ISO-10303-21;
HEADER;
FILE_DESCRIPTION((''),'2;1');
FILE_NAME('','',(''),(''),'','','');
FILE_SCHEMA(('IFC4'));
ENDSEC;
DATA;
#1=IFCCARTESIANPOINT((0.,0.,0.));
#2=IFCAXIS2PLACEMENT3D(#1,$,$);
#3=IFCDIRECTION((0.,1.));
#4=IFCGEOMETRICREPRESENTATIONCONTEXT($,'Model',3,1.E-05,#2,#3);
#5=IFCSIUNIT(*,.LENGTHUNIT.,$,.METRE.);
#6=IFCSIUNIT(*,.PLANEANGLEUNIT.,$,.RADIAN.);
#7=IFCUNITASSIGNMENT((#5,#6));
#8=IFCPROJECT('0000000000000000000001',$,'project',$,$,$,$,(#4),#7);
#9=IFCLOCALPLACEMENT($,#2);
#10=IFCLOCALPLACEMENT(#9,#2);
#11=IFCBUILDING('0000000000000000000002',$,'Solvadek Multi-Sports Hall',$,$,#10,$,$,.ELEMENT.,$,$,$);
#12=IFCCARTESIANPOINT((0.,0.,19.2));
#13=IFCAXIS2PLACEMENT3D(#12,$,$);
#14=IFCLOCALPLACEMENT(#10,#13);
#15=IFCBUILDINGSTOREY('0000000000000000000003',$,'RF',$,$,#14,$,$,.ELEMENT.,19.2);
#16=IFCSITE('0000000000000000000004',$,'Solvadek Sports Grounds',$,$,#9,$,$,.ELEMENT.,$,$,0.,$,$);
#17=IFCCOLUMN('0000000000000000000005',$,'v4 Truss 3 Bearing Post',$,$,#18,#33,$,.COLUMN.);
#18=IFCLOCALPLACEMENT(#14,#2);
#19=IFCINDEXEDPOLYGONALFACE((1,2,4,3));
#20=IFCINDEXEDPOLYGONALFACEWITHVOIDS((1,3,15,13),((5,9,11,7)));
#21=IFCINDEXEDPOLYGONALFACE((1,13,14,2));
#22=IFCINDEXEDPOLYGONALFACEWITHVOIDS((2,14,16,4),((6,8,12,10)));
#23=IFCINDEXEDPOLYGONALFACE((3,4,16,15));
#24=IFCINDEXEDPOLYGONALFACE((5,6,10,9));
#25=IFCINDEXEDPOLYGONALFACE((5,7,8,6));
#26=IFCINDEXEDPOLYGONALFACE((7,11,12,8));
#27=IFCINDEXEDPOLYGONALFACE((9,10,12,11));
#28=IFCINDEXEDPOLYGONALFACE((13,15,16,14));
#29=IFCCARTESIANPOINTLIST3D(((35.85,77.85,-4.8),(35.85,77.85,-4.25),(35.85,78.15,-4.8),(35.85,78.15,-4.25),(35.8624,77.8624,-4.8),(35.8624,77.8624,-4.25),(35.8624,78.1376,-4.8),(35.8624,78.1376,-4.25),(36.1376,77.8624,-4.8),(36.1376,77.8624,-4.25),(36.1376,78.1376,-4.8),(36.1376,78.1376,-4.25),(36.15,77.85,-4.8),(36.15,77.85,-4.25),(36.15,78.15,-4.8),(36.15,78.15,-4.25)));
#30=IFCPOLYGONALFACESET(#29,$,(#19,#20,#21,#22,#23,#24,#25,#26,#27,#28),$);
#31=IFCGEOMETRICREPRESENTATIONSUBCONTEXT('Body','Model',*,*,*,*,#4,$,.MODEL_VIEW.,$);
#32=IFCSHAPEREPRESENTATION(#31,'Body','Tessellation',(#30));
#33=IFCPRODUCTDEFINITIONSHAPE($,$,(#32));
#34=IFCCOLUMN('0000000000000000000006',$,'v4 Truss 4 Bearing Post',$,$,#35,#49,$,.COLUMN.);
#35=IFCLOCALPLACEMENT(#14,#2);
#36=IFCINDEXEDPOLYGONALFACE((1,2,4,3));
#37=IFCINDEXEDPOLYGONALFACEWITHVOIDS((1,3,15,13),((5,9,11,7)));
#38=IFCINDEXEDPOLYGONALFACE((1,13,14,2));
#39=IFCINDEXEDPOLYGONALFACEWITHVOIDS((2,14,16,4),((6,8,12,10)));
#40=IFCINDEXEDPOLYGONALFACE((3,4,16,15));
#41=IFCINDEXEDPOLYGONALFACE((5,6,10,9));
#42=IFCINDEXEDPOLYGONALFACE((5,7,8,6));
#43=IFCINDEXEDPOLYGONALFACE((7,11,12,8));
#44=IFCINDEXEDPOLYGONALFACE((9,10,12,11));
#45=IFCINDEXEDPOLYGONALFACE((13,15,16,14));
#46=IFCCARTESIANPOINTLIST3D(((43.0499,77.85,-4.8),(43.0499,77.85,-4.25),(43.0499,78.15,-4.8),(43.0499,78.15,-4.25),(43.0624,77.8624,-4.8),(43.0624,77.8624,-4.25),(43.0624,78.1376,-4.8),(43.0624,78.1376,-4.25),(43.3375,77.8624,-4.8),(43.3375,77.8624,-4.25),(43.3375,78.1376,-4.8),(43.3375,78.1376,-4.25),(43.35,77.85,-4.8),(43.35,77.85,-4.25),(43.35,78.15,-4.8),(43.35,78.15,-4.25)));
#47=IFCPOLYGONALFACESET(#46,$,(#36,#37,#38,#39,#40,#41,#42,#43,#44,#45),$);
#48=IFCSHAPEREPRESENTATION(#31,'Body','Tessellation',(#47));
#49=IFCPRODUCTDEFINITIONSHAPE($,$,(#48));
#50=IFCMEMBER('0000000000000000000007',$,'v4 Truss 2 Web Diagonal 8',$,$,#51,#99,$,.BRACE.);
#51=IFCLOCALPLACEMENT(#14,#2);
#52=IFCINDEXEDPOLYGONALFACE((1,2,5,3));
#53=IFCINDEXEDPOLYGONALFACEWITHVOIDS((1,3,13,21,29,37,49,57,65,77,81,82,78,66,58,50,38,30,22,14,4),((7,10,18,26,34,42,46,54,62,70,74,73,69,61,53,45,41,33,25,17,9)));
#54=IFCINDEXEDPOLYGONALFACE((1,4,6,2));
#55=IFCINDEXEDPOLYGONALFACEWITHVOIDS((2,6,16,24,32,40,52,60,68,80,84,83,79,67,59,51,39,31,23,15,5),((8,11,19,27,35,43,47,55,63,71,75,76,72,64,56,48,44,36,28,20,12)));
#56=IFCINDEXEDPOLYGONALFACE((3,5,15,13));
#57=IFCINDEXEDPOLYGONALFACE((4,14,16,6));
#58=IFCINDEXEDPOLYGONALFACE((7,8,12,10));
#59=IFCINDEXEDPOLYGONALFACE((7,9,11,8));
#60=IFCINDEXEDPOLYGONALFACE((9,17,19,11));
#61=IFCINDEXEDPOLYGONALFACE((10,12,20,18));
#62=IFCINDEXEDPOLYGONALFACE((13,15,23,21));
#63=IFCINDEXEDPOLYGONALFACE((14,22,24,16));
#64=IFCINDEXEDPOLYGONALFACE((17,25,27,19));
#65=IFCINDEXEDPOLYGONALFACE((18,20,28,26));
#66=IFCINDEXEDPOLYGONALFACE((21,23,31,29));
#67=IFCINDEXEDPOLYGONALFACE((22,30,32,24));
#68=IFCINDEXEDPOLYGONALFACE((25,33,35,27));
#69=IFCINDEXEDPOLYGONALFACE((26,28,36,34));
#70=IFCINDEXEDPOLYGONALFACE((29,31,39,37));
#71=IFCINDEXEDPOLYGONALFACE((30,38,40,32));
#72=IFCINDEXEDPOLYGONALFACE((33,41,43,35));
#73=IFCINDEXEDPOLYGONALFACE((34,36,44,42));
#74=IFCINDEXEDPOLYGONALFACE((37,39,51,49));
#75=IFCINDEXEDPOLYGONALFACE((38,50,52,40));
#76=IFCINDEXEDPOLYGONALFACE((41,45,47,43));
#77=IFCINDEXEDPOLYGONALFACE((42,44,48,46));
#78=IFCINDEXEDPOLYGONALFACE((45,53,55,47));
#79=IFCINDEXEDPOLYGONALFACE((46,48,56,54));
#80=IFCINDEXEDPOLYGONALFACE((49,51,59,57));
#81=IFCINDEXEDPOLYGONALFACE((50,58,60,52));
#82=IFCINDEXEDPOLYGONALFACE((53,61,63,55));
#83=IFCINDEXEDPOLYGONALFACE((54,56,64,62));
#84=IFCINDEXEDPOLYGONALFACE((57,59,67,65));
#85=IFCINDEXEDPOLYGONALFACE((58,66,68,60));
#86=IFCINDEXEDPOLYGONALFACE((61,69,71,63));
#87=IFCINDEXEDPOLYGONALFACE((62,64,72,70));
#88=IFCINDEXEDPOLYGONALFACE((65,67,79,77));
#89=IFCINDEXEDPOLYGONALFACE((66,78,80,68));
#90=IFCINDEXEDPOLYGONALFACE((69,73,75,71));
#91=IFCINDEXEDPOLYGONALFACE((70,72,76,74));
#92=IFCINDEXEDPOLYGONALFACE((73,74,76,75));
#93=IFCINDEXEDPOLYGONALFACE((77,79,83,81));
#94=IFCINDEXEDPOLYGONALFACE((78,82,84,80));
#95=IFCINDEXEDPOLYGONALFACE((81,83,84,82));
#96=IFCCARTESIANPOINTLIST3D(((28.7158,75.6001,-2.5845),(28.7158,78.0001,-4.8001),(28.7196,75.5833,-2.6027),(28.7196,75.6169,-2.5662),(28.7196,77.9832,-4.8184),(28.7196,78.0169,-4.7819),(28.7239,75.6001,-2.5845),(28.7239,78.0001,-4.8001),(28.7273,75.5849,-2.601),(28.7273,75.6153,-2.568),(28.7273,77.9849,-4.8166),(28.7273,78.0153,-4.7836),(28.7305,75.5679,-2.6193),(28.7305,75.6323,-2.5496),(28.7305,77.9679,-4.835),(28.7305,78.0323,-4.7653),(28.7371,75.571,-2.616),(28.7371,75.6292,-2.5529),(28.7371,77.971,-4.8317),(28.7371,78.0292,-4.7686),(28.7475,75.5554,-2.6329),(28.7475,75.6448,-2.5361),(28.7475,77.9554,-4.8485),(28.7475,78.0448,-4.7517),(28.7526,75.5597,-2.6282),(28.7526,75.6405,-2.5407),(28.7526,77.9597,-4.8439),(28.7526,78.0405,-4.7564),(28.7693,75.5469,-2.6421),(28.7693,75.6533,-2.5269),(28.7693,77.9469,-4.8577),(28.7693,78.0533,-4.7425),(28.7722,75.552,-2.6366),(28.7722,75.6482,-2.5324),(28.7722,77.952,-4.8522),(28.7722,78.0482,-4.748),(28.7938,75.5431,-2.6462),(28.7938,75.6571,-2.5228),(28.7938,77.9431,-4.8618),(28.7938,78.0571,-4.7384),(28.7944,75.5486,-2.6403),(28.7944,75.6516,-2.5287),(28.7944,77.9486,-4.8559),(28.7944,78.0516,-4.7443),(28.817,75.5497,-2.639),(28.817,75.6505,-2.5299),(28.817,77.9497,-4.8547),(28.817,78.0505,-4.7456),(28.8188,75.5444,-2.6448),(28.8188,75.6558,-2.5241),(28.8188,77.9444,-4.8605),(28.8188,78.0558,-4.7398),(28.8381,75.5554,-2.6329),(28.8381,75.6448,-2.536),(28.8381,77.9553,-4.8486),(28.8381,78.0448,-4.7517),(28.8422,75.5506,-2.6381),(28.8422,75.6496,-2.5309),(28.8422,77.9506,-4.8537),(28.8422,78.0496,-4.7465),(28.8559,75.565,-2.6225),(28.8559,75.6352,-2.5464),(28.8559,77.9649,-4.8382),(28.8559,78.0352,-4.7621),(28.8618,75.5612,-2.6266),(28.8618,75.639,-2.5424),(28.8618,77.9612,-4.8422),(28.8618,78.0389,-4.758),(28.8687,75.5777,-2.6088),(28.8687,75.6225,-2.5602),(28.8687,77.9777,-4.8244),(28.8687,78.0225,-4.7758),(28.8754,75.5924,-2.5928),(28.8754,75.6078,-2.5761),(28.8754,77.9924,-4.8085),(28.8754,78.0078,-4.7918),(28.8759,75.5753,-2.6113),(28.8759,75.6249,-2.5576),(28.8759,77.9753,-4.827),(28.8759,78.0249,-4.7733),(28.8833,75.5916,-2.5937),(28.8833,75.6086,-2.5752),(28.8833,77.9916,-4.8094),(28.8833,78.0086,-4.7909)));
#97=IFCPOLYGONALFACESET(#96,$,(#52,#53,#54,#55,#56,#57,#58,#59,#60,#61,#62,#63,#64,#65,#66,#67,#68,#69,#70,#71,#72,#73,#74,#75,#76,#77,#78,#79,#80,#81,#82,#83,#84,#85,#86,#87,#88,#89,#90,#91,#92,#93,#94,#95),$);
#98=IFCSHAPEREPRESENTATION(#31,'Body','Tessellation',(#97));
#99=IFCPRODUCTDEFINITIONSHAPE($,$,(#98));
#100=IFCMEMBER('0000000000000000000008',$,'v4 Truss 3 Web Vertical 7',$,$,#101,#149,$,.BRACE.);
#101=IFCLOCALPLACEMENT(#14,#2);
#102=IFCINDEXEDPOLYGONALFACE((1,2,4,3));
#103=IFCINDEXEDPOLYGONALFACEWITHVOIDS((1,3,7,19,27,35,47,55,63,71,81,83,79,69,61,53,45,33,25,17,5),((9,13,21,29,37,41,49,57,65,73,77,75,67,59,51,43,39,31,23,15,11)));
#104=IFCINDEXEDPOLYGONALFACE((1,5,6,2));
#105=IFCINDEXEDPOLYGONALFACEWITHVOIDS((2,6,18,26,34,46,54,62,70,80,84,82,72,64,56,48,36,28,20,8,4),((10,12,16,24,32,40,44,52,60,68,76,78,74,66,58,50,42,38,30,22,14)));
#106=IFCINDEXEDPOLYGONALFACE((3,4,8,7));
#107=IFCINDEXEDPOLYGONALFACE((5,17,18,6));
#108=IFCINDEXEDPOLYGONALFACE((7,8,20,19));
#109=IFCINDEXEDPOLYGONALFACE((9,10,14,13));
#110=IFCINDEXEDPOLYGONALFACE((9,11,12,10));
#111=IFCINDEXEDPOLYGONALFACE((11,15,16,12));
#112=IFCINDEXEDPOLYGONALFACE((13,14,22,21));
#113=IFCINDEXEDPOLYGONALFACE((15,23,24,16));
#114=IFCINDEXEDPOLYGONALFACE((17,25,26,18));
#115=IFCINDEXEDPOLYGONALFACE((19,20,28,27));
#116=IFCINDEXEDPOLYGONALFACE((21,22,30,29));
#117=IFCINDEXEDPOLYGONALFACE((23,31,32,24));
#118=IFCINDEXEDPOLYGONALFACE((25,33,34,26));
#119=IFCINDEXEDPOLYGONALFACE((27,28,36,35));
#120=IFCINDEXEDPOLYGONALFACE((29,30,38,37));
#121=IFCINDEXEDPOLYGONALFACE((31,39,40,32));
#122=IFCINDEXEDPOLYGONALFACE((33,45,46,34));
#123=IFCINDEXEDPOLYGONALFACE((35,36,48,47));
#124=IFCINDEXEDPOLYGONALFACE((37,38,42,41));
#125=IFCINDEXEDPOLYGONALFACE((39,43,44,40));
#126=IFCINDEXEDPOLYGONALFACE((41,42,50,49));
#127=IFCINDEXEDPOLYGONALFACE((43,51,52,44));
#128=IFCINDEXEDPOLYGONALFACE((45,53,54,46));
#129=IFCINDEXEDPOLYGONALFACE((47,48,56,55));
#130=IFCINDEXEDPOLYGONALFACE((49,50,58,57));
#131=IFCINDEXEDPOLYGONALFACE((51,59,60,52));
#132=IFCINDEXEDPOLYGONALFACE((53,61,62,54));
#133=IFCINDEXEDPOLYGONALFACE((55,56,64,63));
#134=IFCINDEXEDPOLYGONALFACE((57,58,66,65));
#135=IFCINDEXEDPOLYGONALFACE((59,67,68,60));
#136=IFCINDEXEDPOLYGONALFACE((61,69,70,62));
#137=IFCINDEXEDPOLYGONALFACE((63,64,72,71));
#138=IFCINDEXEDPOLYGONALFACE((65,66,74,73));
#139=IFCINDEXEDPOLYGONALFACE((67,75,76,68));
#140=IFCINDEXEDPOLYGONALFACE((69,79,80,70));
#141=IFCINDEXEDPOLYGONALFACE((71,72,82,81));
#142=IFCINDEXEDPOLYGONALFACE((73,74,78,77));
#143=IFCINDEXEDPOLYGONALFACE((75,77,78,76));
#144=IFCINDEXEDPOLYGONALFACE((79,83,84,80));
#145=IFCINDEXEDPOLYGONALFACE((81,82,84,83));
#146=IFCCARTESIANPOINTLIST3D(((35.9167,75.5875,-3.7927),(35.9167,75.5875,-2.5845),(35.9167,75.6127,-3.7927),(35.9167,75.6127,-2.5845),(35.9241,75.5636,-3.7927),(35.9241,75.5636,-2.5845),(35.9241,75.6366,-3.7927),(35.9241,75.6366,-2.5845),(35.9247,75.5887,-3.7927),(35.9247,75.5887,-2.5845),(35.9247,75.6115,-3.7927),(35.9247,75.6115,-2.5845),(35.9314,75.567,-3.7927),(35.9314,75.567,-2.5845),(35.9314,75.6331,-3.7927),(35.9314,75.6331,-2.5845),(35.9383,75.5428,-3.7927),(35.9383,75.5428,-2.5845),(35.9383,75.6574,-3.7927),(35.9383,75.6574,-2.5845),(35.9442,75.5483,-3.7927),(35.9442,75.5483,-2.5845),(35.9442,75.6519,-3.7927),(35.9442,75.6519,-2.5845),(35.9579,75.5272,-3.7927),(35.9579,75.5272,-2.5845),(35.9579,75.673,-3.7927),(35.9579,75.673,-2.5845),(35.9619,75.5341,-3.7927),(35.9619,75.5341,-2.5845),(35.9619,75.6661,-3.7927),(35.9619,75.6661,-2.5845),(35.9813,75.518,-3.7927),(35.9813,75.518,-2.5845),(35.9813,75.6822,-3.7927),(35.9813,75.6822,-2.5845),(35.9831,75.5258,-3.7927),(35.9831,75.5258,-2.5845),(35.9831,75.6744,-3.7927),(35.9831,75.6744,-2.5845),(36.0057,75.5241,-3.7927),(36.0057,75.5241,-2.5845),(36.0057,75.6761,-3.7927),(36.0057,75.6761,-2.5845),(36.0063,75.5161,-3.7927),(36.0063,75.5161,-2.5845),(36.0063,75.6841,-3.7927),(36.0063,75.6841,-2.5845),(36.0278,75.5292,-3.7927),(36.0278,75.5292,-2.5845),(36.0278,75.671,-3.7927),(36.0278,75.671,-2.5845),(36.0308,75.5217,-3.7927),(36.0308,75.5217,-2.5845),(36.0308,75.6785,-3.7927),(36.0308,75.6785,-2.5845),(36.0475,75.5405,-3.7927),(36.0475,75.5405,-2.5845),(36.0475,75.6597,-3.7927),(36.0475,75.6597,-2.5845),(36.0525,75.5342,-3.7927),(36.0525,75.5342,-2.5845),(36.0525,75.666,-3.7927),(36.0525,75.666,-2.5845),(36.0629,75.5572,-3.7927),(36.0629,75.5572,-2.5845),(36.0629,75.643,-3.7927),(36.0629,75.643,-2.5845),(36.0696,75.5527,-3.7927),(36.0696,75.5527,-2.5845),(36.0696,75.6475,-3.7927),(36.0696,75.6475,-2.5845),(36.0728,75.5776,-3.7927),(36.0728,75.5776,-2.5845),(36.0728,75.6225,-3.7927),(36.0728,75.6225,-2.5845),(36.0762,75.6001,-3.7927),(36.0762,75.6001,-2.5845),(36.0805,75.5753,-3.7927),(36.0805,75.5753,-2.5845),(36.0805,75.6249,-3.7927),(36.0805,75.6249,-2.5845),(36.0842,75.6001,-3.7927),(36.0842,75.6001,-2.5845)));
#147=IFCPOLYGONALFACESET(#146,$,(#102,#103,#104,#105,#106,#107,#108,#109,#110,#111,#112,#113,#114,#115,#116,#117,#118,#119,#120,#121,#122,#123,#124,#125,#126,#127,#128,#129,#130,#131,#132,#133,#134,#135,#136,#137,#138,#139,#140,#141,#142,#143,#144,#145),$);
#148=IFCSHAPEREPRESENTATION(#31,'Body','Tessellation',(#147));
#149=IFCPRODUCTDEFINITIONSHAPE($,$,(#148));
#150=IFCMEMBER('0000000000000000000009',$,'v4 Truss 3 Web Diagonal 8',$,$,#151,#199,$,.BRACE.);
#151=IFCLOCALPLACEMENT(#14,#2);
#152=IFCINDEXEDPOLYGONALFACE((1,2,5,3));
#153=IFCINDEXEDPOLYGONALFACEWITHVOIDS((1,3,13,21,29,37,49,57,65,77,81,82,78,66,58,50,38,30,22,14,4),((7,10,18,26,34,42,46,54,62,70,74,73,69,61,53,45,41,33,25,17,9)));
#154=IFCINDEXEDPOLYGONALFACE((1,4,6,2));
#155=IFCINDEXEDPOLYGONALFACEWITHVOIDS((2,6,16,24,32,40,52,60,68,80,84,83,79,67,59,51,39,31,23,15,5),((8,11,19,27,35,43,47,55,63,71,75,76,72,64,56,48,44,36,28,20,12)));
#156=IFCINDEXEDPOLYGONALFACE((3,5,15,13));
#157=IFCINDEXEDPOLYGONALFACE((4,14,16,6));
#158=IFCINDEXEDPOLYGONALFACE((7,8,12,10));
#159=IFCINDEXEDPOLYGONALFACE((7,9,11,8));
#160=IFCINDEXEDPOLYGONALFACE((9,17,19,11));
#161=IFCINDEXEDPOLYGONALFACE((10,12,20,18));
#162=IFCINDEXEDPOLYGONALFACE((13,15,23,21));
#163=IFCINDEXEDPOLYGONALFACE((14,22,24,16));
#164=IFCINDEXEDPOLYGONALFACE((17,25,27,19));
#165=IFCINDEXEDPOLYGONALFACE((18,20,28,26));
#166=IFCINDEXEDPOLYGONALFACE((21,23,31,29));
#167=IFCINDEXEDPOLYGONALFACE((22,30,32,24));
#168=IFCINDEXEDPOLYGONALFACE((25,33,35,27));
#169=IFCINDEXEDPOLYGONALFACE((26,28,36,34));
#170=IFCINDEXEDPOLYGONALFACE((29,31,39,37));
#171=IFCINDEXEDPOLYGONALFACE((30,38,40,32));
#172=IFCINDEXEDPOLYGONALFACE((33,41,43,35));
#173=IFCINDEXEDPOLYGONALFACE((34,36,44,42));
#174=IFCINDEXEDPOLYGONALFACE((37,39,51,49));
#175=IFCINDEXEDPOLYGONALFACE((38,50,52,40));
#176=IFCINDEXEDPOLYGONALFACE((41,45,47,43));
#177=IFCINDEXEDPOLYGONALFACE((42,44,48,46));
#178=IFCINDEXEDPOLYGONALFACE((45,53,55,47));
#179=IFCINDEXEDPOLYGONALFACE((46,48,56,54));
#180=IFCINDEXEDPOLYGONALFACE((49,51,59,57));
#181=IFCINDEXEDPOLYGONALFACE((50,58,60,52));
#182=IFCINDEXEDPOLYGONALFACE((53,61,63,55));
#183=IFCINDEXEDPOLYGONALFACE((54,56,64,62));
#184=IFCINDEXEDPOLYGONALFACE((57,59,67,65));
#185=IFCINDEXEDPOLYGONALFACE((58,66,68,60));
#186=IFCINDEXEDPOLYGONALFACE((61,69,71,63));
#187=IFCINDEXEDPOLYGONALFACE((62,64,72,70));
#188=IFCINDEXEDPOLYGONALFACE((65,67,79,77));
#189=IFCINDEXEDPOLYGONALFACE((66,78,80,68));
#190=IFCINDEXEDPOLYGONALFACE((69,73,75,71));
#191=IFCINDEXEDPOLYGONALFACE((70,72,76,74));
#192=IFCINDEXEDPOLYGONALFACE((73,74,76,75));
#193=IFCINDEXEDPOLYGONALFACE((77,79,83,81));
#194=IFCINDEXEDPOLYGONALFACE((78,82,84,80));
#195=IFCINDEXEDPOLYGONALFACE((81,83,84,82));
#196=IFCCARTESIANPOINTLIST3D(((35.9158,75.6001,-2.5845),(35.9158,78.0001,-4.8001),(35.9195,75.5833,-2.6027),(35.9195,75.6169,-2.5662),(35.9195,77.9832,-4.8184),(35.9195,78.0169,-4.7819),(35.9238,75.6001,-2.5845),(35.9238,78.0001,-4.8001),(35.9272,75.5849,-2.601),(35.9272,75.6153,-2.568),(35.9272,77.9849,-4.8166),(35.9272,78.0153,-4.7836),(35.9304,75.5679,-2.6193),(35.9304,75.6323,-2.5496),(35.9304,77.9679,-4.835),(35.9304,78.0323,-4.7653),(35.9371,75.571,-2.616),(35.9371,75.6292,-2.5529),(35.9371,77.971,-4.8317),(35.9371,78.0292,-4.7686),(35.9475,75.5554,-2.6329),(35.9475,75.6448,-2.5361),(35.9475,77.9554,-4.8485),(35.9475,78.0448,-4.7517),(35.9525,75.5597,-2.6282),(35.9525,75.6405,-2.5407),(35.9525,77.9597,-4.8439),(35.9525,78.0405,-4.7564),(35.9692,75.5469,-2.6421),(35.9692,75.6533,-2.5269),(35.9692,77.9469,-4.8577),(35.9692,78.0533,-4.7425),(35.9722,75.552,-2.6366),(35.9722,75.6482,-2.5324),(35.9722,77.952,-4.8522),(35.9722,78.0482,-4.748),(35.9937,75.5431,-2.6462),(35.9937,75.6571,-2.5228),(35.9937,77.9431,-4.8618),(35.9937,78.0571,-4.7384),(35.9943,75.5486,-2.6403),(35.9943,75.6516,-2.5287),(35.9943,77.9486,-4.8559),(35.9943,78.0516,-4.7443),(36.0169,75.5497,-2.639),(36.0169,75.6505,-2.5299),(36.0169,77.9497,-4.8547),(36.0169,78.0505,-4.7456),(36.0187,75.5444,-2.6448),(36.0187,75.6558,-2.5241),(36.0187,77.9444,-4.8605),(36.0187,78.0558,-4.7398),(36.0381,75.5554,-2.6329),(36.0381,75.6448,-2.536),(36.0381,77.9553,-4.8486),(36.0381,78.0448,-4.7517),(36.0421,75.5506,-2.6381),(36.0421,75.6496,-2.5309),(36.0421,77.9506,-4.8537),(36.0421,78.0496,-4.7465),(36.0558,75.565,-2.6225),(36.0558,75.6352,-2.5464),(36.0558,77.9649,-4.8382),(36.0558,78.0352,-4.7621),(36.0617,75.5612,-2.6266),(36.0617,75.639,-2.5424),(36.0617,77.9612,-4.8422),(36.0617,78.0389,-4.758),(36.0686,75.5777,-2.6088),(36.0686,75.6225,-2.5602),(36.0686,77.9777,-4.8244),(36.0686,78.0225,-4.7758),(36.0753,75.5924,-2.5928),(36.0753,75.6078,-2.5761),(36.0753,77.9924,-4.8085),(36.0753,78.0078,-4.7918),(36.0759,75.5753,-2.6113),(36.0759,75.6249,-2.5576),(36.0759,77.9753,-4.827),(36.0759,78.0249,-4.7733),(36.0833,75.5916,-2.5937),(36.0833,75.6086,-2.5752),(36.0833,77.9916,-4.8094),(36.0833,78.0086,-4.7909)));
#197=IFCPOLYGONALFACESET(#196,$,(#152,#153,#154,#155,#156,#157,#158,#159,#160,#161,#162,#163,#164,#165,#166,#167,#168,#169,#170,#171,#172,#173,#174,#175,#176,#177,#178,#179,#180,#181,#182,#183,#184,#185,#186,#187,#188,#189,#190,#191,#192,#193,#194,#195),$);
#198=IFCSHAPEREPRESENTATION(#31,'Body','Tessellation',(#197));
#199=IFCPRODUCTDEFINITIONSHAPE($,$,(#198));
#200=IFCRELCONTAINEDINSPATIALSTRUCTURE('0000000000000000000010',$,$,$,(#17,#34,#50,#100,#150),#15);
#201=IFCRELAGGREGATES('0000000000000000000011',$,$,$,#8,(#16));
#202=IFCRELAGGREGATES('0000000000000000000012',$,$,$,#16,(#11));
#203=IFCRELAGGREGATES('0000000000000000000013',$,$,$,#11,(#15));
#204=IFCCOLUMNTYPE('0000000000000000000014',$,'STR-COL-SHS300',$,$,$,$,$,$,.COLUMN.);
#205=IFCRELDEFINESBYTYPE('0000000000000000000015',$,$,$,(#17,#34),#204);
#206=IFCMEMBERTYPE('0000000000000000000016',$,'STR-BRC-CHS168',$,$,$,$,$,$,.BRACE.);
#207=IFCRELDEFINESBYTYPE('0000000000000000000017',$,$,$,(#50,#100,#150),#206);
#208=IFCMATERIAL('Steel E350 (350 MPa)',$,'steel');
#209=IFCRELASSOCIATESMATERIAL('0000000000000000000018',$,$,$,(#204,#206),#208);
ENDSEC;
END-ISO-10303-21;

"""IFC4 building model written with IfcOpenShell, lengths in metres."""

from ifc_helpers import new_model, si_unit, direction, frame, origin, origin_2d, place, context, subcontext, project, spatial, hollow_rectangle, hollow_circle, extrude, material, material_profile, profile_set, type_object, element, save


model = new_model("IFC4")

# Units and contexts
model_context = context("Model", 3, precision=1e-05, world=origin(), true_north=direction((0.0, 1.0)))
body_context = subcontext(model_context, "Body", "Model", "MODEL_VIEW")
ifc_project = project(units=[si_unit("LENGTHUNIT", "METRE"), si_unit("PLANEANGLEUNIT", "RADIAN")], contexts=[model_context])

# Site, building, storey
site_placement = place(None, origin())
site = spatial("IfcSite", under=ifc_project, at=site_placement, Name="Solvadek Sports Grounds", CompositionType="ELEMENT", RefElevation=0.0)
building_placement = place(site_placement, origin())
building = spatial("IfcBuilding", under=site, at=building_placement, Name="Solvadek Multi-Sports Hall", CompositionType="ELEMENT")
storey_placement = place(building_placement, frame((0.0, 0.0, 19.2)))
storey = spatial("IfcBuildingStorey", under=building, at=storey_placement, Name="RF", CompositionType="ELEMENT", Elevation=19.2)

# Columns
ifc_material_1 = material(Name="Steel E350 (350 MPa)", Category="steel")
ifc_material_profile_1 = material_profile(ifc_material_1, hollow_rectangle(XDim=0.3, YDim=0.3, WallThickness=0.0125, at=origin_2d()), Name="SHS 300x300x12.5")
ifc_profile_set_1 = profile_set([ifc_material_profile_1], Name="Steel E350 (350 MPa)")
column_type = type_object("IfcColumnType", Name="STR-COL-SHS300", PredefinedType="COLUMN", material=ifc_profile_set_1)
for number, where, z_axis, x_axis, name in (
    (1, (36.0, 78.0, -4.8), (0.0, 0.0, 1.0), (1.0, 0.0, 0.0), "v4 Truss 3 Bearing Post"),
    (2, (43.2, 78.0, -4.8), (0.0, 0.0, 1.0), (1.0, 0.0, 0.0), "v4 Truss 4 Bearing Post"),
):
    element("IfcColumn", number, at=place(storey_placement, frame(where, z_axis=z_axis, x_axis=x_axis)), inside=storey, type_object=column_type, Name=name, PredefinedType="COLUMN", context=body_context, shape_type="SweptSolid", body=[
        extrude(hollow_rectangle(XDim=0.3, YDim=0.3, WallThickness=0.0125, at=origin_2d()), origin(), (0.0, 0.0, 1.0), 0.55),
    ])

# Members
ifc_material_profile_2 = material_profile(ifc_material_1, hollow_circle(Radius=0.0842, WallThickness=0.0081, at=origin_2d()), Name="CHS 168.3x8")
ifc_profile_set_2 = profile_set([ifc_material_profile_2], Name="Steel E350 (350 MPa)")
member_type_1 = type_object("IfcMemberType", Name="STR-BRC-CHS168", PredefinedType="BRACE", material=ifc_profile_set_2)
member_1_placement = place(storey_placement, frame((28.8, 75.6001, -2.5845), z_axis=(0.0, 0.73476, -0.678327), x_axis=(-1.0, 0.0, 0.0)))
element("IfcMember", 3, at=member_1_placement, inside=storey, type_object=member_type_1, Name="v4 Truss 2 Web Diagonal 8", PredefinedType="BRACE", context=body_context, shape_type="SweptSolid", body=[
    extrude(hollow_circle(Radius=0.0842, WallThickness=0.0081, at=origin_2d()), origin(), (0.0, 0.0, 1.0), 3.2664),
])
member_2_placement = place(storey_placement, frame((36.0, 75.6001, -3.7927), z_axis=(0.0, 0.0, 1.0), x_axis=(1.0, 0.0, 0.0)))
element("IfcMember", 4, at=member_2_placement, inside=storey, type_object=member_type_1, Name="v4 Truss 3 Web Vertical 7", PredefinedType="BRACE", context=body_context, shape_type="SweptSolid", body=[
    extrude(hollow_circle(Radius=0.0842, WallThickness=0.0081, at=origin_2d()), origin(), (0.0, 0.0, 1.0), 1.2083),
])
member_3_placement = place(storey_placement, frame((36.0, 75.6001, -2.5845), z_axis=(0.0, 0.73476, -0.678327), x_axis=(-1.0, 0.0, 0.0)))
element("IfcMember", 5, at=member_3_placement, inside=storey, type_object=member_type_1, Name="v4 Truss 3 Web Diagonal 8", PredefinedType="BRACE", context=body_context, shape_type="SweptSolid", body=[
    extrude(hollow_circle(Radius=0.0842, WallThickness=0.0081, at=origin_2d()), origin(), (0.0, 0.0, 1.0), 3.2664),
])

save(model, "model.ifc")
